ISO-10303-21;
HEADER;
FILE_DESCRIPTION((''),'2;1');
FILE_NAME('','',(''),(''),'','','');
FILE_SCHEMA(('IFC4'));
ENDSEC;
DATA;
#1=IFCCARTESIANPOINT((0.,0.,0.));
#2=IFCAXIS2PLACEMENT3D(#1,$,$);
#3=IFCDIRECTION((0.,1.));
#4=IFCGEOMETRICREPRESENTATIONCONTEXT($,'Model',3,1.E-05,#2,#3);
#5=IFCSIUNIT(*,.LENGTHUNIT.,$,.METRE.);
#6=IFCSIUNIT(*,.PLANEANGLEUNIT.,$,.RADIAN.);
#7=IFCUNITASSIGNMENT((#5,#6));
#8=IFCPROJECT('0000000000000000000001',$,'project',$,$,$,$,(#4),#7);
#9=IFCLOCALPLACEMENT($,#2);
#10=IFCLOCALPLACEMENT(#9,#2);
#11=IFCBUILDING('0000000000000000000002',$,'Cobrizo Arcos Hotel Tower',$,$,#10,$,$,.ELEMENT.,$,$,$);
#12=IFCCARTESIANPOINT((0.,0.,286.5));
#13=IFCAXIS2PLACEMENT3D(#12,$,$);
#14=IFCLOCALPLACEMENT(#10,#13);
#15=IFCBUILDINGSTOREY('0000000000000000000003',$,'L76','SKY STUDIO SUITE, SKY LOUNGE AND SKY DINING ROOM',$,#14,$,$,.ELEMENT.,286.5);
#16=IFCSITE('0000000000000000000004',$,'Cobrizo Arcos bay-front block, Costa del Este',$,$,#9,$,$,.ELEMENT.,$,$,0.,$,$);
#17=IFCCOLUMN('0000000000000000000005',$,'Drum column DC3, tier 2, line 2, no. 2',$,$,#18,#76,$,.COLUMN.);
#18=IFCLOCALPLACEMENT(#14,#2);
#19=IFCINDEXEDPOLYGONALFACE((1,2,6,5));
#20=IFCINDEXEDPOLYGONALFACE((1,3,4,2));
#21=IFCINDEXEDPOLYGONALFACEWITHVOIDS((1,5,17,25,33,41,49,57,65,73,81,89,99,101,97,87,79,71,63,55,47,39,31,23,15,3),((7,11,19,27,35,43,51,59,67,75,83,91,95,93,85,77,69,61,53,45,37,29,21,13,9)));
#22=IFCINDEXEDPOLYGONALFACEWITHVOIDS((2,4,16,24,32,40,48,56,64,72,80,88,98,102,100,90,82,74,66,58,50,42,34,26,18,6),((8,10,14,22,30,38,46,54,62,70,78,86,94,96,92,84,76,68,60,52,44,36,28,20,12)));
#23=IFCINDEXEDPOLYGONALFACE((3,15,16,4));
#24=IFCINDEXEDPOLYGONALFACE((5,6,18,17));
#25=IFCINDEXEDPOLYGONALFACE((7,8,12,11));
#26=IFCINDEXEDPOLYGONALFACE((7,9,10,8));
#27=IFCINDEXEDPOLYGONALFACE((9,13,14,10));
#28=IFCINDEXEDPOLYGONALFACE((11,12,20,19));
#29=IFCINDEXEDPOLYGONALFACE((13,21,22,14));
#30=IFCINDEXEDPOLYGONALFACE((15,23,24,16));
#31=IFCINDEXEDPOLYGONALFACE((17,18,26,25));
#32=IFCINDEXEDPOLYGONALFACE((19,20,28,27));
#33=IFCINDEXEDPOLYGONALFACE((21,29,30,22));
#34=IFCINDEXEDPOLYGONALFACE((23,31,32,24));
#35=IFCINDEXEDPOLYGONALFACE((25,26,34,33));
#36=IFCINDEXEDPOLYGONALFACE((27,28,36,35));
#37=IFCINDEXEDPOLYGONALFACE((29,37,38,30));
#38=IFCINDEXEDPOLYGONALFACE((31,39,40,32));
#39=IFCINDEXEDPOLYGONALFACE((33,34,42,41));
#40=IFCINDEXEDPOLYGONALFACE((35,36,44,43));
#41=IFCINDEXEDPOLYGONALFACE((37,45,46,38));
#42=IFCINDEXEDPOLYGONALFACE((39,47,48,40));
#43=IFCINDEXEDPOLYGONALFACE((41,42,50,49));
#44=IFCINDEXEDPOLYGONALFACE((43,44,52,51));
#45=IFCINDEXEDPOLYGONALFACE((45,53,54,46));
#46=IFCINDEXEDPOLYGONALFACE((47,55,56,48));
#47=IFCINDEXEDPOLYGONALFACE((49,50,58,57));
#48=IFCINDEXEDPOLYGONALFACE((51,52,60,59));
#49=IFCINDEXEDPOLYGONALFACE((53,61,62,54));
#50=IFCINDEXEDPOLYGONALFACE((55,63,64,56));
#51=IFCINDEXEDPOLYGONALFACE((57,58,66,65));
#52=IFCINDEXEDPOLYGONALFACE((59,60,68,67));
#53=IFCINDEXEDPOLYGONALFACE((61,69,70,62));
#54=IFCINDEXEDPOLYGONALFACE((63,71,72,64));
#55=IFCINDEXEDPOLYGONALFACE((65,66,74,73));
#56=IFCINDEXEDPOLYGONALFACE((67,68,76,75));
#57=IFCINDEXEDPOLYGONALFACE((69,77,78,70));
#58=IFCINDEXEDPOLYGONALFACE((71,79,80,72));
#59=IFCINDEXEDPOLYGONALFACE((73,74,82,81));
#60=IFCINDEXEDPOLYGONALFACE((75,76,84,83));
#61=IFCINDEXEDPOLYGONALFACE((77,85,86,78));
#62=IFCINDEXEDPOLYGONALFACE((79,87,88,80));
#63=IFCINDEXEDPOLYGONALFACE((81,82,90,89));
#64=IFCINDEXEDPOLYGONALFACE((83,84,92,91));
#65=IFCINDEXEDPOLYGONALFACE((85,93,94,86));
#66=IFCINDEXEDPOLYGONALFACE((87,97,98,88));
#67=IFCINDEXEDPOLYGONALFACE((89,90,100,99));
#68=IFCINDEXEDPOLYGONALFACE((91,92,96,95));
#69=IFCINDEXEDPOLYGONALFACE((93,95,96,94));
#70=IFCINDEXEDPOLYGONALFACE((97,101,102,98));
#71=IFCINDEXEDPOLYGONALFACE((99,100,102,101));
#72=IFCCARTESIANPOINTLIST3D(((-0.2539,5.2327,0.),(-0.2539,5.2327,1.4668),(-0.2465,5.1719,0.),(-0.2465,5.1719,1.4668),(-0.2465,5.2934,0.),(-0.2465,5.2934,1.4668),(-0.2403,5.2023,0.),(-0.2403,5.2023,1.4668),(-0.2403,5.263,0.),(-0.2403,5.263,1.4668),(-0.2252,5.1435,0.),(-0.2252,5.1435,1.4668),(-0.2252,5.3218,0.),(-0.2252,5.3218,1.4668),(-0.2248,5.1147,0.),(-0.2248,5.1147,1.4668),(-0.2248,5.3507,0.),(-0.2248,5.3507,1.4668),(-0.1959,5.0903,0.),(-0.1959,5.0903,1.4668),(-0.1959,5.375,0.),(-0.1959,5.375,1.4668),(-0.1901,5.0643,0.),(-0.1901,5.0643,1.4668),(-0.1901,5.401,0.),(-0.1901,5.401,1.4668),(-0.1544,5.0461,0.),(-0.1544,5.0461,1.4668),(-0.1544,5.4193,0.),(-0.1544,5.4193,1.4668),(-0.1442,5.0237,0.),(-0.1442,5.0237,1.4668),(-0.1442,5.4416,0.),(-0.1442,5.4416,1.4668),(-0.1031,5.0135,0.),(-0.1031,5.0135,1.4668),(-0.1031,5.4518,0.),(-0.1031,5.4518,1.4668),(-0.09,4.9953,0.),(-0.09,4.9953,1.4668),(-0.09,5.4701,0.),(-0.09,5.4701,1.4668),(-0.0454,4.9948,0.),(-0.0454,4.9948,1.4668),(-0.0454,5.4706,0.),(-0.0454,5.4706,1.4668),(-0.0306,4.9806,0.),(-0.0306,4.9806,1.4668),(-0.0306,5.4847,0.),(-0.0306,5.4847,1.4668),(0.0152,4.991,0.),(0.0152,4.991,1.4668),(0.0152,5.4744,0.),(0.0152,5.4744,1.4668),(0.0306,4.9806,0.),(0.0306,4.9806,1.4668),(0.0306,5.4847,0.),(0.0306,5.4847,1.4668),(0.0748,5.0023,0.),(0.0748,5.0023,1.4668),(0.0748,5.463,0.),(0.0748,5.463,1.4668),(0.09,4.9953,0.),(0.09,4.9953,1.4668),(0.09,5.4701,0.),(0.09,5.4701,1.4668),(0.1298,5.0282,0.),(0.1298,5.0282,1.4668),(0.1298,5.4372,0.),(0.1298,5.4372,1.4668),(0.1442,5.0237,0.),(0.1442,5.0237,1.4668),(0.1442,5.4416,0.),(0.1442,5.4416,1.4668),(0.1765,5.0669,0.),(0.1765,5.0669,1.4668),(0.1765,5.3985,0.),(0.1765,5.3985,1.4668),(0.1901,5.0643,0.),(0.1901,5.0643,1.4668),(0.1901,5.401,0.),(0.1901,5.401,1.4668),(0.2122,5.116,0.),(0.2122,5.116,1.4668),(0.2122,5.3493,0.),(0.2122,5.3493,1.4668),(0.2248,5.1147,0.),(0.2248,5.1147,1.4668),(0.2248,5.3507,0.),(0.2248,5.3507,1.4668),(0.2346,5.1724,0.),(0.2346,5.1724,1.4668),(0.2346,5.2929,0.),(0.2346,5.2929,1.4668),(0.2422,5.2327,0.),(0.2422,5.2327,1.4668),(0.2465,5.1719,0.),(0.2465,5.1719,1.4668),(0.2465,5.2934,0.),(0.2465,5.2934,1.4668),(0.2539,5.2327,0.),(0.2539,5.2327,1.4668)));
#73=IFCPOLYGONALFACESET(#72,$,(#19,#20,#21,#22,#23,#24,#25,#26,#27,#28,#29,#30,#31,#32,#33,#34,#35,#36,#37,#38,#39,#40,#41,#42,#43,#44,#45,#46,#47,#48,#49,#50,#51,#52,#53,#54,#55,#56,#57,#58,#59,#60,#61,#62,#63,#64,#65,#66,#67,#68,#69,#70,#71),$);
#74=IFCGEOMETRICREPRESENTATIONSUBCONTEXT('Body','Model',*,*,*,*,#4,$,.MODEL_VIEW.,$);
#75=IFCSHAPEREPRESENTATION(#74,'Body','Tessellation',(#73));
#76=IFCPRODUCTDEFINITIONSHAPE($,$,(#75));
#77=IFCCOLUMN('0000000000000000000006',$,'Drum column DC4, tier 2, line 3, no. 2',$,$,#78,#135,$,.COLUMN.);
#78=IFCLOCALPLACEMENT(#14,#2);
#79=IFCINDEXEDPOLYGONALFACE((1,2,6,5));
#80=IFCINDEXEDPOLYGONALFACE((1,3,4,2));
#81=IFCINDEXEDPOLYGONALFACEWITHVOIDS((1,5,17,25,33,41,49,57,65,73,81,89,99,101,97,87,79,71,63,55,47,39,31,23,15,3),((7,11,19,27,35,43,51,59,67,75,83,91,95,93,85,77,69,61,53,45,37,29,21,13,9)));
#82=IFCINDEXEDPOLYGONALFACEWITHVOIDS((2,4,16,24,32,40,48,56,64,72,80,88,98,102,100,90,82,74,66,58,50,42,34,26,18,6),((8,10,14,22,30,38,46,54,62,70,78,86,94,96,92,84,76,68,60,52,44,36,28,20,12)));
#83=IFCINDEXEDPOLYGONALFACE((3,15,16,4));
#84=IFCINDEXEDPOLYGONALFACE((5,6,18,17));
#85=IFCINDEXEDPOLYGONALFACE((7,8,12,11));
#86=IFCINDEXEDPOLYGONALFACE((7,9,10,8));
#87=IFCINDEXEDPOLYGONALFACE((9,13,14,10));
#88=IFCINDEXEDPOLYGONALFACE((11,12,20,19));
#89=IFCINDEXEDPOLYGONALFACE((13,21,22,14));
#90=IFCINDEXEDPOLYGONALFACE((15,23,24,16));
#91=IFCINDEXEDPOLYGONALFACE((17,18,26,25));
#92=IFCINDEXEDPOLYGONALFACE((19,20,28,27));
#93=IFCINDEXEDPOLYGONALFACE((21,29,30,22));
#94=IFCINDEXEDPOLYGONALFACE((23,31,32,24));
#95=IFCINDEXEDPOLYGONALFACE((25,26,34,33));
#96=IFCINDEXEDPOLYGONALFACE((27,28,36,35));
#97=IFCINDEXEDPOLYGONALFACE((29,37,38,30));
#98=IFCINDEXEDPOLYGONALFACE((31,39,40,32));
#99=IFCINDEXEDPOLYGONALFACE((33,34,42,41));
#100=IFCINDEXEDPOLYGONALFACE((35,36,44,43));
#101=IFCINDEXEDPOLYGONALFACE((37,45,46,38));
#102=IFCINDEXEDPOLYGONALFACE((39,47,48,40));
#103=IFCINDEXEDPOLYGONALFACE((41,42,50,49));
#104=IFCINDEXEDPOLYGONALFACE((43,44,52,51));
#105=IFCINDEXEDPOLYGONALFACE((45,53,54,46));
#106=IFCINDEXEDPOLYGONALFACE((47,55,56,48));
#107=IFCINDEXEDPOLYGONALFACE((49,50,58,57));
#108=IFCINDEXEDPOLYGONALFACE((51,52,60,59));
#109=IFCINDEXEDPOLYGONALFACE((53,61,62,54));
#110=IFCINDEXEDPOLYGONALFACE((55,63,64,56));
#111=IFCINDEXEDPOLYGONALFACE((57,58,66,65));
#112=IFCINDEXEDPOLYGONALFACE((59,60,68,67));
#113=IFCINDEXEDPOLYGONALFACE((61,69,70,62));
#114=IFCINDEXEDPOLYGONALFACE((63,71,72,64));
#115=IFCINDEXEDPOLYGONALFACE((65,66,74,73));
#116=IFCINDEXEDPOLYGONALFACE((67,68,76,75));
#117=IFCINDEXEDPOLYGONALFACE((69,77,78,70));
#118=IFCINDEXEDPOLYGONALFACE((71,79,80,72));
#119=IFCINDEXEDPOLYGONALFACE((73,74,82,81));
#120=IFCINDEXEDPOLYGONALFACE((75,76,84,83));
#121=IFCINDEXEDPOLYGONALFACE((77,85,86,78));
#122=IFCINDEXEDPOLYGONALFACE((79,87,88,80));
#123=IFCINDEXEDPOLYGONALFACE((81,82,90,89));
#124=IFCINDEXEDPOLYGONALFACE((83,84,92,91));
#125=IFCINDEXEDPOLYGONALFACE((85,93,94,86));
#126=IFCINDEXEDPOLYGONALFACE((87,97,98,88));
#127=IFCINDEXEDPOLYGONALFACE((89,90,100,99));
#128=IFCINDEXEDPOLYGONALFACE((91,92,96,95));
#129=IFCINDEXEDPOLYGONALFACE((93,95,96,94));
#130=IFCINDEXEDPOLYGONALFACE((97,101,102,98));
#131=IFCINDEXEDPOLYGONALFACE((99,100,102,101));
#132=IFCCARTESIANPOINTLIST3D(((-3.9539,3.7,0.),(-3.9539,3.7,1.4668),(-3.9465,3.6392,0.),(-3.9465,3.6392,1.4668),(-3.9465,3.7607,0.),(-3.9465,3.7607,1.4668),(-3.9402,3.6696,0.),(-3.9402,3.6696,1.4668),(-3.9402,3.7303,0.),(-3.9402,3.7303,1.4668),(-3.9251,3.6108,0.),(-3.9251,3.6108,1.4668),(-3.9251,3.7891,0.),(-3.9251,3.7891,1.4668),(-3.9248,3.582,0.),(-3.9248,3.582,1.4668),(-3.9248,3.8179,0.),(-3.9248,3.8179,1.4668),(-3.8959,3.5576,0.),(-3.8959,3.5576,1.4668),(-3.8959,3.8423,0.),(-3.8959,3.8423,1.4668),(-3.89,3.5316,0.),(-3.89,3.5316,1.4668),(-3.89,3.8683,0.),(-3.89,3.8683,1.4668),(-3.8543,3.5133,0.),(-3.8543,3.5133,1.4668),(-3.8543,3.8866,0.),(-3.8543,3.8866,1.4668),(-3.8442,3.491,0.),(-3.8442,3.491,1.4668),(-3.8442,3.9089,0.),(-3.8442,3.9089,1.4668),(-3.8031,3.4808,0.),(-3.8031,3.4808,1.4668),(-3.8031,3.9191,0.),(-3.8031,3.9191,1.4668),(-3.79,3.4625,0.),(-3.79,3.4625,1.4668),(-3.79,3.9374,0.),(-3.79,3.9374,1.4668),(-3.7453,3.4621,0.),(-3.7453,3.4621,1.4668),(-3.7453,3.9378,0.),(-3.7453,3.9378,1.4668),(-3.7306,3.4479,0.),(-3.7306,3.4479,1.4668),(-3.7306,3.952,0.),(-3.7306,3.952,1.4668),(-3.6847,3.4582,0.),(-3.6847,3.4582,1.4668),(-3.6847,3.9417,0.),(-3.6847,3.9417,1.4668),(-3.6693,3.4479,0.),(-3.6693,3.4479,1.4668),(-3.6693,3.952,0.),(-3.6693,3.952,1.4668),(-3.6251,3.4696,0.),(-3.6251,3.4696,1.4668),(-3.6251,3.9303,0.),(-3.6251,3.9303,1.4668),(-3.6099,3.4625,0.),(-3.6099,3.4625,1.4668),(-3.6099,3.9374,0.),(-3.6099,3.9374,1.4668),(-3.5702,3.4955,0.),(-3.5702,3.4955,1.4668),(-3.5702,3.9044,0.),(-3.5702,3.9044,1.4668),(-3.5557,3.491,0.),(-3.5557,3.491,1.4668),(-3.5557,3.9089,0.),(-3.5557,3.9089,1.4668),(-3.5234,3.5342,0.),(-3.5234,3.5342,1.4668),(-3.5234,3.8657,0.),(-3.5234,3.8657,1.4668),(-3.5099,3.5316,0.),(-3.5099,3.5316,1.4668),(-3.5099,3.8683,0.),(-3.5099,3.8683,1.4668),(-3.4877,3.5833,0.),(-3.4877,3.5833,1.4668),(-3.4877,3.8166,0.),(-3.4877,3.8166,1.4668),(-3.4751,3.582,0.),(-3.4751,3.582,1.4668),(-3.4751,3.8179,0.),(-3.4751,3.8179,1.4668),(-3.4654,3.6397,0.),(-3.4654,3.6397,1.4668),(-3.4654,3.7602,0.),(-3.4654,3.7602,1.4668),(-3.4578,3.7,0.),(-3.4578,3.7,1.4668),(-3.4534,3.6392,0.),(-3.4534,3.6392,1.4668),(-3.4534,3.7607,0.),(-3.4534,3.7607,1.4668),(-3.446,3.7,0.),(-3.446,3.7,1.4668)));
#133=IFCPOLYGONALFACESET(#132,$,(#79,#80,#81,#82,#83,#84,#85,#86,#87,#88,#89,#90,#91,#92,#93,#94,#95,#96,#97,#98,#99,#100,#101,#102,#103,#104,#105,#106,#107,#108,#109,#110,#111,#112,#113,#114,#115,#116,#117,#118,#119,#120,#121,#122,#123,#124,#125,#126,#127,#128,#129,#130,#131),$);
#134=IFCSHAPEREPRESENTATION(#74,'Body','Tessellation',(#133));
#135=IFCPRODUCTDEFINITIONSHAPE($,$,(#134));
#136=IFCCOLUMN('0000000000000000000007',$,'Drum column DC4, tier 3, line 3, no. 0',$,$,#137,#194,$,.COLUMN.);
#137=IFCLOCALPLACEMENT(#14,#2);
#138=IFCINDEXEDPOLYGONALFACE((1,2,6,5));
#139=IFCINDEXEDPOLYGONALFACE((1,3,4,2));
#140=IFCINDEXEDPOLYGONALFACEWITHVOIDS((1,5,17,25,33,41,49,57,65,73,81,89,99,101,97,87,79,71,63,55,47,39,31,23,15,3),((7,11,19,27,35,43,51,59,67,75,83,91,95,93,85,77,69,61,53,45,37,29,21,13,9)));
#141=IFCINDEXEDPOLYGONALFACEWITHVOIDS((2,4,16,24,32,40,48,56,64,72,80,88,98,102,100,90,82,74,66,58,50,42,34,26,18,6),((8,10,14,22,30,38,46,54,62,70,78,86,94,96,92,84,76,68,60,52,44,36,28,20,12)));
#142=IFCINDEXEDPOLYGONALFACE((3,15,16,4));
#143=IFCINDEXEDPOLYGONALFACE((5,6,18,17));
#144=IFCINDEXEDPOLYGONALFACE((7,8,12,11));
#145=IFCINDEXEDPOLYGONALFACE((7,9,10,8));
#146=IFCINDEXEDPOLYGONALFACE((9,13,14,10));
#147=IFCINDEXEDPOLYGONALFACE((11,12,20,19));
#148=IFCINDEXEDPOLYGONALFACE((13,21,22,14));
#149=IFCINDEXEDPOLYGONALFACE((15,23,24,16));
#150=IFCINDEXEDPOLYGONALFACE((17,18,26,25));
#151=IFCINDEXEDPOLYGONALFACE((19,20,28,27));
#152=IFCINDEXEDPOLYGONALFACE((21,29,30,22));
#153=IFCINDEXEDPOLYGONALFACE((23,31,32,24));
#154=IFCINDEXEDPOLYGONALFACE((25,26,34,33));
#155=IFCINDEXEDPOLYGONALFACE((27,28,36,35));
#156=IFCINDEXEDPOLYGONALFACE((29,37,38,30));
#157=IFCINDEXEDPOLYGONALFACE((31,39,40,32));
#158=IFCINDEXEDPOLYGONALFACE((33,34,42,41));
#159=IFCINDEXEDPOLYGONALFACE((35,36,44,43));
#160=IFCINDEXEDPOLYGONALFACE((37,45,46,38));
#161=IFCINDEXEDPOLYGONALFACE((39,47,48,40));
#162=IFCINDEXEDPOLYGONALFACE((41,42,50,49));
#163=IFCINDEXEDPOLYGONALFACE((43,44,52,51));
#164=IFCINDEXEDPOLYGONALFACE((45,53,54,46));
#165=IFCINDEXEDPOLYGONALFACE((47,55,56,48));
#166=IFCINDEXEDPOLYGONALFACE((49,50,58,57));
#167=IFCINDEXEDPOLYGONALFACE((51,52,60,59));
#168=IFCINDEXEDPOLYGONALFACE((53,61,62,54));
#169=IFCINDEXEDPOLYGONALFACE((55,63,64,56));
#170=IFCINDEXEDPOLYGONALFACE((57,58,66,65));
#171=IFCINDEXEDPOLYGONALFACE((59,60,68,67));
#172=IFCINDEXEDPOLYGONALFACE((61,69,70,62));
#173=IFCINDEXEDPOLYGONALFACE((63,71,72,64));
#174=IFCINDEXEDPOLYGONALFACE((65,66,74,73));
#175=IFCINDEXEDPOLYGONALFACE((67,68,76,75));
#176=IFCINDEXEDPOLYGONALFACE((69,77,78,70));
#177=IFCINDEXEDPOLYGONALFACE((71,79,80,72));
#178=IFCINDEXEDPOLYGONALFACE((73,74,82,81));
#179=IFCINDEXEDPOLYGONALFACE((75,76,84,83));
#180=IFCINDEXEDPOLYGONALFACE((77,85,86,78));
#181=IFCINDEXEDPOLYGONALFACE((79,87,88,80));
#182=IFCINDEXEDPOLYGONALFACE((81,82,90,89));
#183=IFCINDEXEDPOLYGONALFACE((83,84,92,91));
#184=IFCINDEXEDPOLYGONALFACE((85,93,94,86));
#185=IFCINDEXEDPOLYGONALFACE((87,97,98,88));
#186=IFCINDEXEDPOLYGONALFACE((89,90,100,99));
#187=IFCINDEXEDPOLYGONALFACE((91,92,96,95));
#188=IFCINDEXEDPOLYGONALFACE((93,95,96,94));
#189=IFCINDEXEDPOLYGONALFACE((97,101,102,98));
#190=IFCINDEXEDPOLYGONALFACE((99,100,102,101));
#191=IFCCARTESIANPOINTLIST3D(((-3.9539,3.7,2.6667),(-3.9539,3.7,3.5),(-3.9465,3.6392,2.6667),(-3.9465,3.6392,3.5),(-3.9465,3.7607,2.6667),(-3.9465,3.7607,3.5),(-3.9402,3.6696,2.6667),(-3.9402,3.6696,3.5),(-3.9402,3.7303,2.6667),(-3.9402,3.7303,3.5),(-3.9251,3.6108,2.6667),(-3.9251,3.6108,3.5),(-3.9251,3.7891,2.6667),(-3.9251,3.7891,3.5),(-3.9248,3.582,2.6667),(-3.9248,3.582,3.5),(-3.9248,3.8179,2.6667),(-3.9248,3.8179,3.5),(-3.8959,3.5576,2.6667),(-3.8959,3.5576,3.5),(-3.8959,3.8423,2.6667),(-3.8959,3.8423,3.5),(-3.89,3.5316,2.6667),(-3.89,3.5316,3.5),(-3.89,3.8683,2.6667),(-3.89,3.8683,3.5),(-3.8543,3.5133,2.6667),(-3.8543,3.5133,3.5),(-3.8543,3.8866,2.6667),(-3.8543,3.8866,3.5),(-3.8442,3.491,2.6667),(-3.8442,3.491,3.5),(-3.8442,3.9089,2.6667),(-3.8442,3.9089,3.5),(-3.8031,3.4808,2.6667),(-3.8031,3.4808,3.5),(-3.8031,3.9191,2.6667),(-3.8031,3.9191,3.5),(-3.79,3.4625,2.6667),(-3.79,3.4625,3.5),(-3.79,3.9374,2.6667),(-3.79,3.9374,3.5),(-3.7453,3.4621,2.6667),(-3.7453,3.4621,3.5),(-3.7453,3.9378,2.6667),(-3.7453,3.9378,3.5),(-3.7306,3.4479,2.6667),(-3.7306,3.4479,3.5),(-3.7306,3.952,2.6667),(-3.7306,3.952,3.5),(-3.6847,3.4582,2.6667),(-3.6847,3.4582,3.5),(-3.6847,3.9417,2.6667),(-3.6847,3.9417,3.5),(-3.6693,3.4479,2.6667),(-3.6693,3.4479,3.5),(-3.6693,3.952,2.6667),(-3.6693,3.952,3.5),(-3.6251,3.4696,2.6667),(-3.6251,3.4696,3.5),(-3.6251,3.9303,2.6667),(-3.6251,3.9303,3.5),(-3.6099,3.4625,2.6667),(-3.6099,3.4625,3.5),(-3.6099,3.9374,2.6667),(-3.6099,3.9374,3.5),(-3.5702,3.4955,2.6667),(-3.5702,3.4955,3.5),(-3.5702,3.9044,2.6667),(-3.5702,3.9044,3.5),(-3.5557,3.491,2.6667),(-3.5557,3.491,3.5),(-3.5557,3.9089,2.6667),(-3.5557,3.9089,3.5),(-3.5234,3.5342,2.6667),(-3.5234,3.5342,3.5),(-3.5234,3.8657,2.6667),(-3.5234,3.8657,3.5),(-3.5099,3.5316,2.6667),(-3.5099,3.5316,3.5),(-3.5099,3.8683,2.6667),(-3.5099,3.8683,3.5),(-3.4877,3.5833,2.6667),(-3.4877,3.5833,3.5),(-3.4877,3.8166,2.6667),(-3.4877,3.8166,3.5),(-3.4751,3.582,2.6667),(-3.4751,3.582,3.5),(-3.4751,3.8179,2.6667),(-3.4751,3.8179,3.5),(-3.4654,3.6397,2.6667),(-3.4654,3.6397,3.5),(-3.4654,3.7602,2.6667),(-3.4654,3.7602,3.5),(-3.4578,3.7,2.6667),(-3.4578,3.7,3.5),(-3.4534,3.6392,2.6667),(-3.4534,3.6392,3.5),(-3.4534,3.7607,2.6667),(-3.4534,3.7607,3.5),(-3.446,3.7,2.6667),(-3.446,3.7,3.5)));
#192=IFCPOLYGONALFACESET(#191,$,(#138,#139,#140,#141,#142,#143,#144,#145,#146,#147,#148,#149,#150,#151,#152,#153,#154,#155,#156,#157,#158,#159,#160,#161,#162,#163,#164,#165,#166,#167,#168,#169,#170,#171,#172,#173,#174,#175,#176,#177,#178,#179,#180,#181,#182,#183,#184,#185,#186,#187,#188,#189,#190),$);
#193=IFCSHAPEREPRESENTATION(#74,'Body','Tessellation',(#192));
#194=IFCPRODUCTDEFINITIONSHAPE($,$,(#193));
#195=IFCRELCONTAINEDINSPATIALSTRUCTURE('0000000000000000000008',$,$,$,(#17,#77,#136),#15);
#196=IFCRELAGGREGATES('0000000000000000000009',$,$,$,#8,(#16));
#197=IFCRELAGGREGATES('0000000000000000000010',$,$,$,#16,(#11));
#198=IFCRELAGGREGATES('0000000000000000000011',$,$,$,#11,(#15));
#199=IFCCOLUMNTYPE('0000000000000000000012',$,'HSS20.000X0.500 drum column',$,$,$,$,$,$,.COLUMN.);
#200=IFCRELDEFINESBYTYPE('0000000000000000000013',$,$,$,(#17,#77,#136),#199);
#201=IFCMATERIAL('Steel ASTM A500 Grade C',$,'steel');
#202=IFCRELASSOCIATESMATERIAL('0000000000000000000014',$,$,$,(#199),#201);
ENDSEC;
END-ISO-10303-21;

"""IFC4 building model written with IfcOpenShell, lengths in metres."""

from ifc_helpers import new_model, si_unit, direction, frame, origin, origin_2d, place, context, subcontext, project, spatial, hollow_circle, extrude, material, material_profile, profile_set, type_object, element, save


model = new_model("IFC4")

# Units and contexts
model_context = context("Model", 3, precision=1e-05, world=origin(), true_north=direction((0.0, 1.0)))
body_context = subcontext(model_context, "Body", "Model", "MODEL_VIEW")
ifc_project = project(units=[si_unit("LENGTHUNIT", "METRE"), si_unit("PLANEANGLEUNIT", "RADIAN")], contexts=[model_context])

# Site, building, storey
site_placement = place(None, origin())
site = spatial("IfcSite", under=ifc_project, at=site_placement, Name="Cobrizo Arcos bay-front block, Costa del Este", CompositionType="ELEMENT", RefElevation=0.0)
building_placement = place(site_placement, origin())
building = spatial("IfcBuilding", under=site, at=building_placement, Name="Cobrizo Arcos Hotel Tower", CompositionType="ELEMENT")
storey_placement = place(building_placement, frame((0.0, 0.0, 286.5)))
storey = spatial("IfcBuildingStorey", under=building, at=storey_placement, Name="L76", Description="SKY STUDIO SUITE, SKY LOUNGE AND SKY DINING ROOM", CompositionType="ELEMENT", Elevation=286.5)

# Columns
ifc_material_1 = material(Name="Steel ASTM A500 Grade C", Category="steel")
ifc_material_profile_1 = material_profile(ifc_material_1, hollow_circle(Radius=0.2539, WallThickness=0.0117, at=origin_2d()), Name="HSS20.000X0.500")
ifc_profile_set_1 = profile_set([ifc_material_profile_1], Name="Steel ASTM A500 Grade C")
column_type = type_object("IfcColumnType", Name="HSS20.000X0.500 drum column", PredefinedType="COLUMN", material=ifc_profile_set_1)
for number, where, z_axis, x_axis, name in (
    (1, (0.0, 5.2327, 0.0), (0.0, 0.0, 1.0), (1.0, 0.0, 0.0), "Drum column DC3, tier 2, line 2, no. 2"),
    (2, (-3.7, 3.7, 0.0), (0.0, 0.0, 1.0), (1.0, 0.0, 0.0), "Drum column DC4, tier 2, line 3, no. 2"),
):
    element("IfcColumn", number, at=place(storey_placement, frame(where, z_axis=z_axis, x_axis=x_axis)), inside=storey, type_object=column_type, Name=name, PredefinedType="COLUMN", context=body_context, shape_type="SweptSolid", body=[
        extrude(hollow_circle(Radius=0.2539, WallThickness=0.0117, at=origin_2d()), origin(), (0.0, 0.0, 1.0), 1.4668),
    ])
for number, where, z_axis, x_axis, name in (
    (3, (-3.7, 3.7, 2.6667), (0.0, 0.0, 1.0), (1.0, 0.0, 0.0), "Drum column DC4, tier 3, line 3, no. 0"),
):
    element("IfcColumn", number, at=place(storey_placement, frame(where, z_axis=z_axis, x_axis=x_axis)), inside=storey, type_object=column_type, Name=name, PredefinedType="COLUMN", context=body_context, shape_type="SweptSolid", body=[
        extrude(hollow_circle(Radius=0.2539, WallThickness=0.0117, at=origin_2d()), origin(), (0.0, 0.0, 1.0), 0.8333),
    ])

save(model, "model.ifc")
